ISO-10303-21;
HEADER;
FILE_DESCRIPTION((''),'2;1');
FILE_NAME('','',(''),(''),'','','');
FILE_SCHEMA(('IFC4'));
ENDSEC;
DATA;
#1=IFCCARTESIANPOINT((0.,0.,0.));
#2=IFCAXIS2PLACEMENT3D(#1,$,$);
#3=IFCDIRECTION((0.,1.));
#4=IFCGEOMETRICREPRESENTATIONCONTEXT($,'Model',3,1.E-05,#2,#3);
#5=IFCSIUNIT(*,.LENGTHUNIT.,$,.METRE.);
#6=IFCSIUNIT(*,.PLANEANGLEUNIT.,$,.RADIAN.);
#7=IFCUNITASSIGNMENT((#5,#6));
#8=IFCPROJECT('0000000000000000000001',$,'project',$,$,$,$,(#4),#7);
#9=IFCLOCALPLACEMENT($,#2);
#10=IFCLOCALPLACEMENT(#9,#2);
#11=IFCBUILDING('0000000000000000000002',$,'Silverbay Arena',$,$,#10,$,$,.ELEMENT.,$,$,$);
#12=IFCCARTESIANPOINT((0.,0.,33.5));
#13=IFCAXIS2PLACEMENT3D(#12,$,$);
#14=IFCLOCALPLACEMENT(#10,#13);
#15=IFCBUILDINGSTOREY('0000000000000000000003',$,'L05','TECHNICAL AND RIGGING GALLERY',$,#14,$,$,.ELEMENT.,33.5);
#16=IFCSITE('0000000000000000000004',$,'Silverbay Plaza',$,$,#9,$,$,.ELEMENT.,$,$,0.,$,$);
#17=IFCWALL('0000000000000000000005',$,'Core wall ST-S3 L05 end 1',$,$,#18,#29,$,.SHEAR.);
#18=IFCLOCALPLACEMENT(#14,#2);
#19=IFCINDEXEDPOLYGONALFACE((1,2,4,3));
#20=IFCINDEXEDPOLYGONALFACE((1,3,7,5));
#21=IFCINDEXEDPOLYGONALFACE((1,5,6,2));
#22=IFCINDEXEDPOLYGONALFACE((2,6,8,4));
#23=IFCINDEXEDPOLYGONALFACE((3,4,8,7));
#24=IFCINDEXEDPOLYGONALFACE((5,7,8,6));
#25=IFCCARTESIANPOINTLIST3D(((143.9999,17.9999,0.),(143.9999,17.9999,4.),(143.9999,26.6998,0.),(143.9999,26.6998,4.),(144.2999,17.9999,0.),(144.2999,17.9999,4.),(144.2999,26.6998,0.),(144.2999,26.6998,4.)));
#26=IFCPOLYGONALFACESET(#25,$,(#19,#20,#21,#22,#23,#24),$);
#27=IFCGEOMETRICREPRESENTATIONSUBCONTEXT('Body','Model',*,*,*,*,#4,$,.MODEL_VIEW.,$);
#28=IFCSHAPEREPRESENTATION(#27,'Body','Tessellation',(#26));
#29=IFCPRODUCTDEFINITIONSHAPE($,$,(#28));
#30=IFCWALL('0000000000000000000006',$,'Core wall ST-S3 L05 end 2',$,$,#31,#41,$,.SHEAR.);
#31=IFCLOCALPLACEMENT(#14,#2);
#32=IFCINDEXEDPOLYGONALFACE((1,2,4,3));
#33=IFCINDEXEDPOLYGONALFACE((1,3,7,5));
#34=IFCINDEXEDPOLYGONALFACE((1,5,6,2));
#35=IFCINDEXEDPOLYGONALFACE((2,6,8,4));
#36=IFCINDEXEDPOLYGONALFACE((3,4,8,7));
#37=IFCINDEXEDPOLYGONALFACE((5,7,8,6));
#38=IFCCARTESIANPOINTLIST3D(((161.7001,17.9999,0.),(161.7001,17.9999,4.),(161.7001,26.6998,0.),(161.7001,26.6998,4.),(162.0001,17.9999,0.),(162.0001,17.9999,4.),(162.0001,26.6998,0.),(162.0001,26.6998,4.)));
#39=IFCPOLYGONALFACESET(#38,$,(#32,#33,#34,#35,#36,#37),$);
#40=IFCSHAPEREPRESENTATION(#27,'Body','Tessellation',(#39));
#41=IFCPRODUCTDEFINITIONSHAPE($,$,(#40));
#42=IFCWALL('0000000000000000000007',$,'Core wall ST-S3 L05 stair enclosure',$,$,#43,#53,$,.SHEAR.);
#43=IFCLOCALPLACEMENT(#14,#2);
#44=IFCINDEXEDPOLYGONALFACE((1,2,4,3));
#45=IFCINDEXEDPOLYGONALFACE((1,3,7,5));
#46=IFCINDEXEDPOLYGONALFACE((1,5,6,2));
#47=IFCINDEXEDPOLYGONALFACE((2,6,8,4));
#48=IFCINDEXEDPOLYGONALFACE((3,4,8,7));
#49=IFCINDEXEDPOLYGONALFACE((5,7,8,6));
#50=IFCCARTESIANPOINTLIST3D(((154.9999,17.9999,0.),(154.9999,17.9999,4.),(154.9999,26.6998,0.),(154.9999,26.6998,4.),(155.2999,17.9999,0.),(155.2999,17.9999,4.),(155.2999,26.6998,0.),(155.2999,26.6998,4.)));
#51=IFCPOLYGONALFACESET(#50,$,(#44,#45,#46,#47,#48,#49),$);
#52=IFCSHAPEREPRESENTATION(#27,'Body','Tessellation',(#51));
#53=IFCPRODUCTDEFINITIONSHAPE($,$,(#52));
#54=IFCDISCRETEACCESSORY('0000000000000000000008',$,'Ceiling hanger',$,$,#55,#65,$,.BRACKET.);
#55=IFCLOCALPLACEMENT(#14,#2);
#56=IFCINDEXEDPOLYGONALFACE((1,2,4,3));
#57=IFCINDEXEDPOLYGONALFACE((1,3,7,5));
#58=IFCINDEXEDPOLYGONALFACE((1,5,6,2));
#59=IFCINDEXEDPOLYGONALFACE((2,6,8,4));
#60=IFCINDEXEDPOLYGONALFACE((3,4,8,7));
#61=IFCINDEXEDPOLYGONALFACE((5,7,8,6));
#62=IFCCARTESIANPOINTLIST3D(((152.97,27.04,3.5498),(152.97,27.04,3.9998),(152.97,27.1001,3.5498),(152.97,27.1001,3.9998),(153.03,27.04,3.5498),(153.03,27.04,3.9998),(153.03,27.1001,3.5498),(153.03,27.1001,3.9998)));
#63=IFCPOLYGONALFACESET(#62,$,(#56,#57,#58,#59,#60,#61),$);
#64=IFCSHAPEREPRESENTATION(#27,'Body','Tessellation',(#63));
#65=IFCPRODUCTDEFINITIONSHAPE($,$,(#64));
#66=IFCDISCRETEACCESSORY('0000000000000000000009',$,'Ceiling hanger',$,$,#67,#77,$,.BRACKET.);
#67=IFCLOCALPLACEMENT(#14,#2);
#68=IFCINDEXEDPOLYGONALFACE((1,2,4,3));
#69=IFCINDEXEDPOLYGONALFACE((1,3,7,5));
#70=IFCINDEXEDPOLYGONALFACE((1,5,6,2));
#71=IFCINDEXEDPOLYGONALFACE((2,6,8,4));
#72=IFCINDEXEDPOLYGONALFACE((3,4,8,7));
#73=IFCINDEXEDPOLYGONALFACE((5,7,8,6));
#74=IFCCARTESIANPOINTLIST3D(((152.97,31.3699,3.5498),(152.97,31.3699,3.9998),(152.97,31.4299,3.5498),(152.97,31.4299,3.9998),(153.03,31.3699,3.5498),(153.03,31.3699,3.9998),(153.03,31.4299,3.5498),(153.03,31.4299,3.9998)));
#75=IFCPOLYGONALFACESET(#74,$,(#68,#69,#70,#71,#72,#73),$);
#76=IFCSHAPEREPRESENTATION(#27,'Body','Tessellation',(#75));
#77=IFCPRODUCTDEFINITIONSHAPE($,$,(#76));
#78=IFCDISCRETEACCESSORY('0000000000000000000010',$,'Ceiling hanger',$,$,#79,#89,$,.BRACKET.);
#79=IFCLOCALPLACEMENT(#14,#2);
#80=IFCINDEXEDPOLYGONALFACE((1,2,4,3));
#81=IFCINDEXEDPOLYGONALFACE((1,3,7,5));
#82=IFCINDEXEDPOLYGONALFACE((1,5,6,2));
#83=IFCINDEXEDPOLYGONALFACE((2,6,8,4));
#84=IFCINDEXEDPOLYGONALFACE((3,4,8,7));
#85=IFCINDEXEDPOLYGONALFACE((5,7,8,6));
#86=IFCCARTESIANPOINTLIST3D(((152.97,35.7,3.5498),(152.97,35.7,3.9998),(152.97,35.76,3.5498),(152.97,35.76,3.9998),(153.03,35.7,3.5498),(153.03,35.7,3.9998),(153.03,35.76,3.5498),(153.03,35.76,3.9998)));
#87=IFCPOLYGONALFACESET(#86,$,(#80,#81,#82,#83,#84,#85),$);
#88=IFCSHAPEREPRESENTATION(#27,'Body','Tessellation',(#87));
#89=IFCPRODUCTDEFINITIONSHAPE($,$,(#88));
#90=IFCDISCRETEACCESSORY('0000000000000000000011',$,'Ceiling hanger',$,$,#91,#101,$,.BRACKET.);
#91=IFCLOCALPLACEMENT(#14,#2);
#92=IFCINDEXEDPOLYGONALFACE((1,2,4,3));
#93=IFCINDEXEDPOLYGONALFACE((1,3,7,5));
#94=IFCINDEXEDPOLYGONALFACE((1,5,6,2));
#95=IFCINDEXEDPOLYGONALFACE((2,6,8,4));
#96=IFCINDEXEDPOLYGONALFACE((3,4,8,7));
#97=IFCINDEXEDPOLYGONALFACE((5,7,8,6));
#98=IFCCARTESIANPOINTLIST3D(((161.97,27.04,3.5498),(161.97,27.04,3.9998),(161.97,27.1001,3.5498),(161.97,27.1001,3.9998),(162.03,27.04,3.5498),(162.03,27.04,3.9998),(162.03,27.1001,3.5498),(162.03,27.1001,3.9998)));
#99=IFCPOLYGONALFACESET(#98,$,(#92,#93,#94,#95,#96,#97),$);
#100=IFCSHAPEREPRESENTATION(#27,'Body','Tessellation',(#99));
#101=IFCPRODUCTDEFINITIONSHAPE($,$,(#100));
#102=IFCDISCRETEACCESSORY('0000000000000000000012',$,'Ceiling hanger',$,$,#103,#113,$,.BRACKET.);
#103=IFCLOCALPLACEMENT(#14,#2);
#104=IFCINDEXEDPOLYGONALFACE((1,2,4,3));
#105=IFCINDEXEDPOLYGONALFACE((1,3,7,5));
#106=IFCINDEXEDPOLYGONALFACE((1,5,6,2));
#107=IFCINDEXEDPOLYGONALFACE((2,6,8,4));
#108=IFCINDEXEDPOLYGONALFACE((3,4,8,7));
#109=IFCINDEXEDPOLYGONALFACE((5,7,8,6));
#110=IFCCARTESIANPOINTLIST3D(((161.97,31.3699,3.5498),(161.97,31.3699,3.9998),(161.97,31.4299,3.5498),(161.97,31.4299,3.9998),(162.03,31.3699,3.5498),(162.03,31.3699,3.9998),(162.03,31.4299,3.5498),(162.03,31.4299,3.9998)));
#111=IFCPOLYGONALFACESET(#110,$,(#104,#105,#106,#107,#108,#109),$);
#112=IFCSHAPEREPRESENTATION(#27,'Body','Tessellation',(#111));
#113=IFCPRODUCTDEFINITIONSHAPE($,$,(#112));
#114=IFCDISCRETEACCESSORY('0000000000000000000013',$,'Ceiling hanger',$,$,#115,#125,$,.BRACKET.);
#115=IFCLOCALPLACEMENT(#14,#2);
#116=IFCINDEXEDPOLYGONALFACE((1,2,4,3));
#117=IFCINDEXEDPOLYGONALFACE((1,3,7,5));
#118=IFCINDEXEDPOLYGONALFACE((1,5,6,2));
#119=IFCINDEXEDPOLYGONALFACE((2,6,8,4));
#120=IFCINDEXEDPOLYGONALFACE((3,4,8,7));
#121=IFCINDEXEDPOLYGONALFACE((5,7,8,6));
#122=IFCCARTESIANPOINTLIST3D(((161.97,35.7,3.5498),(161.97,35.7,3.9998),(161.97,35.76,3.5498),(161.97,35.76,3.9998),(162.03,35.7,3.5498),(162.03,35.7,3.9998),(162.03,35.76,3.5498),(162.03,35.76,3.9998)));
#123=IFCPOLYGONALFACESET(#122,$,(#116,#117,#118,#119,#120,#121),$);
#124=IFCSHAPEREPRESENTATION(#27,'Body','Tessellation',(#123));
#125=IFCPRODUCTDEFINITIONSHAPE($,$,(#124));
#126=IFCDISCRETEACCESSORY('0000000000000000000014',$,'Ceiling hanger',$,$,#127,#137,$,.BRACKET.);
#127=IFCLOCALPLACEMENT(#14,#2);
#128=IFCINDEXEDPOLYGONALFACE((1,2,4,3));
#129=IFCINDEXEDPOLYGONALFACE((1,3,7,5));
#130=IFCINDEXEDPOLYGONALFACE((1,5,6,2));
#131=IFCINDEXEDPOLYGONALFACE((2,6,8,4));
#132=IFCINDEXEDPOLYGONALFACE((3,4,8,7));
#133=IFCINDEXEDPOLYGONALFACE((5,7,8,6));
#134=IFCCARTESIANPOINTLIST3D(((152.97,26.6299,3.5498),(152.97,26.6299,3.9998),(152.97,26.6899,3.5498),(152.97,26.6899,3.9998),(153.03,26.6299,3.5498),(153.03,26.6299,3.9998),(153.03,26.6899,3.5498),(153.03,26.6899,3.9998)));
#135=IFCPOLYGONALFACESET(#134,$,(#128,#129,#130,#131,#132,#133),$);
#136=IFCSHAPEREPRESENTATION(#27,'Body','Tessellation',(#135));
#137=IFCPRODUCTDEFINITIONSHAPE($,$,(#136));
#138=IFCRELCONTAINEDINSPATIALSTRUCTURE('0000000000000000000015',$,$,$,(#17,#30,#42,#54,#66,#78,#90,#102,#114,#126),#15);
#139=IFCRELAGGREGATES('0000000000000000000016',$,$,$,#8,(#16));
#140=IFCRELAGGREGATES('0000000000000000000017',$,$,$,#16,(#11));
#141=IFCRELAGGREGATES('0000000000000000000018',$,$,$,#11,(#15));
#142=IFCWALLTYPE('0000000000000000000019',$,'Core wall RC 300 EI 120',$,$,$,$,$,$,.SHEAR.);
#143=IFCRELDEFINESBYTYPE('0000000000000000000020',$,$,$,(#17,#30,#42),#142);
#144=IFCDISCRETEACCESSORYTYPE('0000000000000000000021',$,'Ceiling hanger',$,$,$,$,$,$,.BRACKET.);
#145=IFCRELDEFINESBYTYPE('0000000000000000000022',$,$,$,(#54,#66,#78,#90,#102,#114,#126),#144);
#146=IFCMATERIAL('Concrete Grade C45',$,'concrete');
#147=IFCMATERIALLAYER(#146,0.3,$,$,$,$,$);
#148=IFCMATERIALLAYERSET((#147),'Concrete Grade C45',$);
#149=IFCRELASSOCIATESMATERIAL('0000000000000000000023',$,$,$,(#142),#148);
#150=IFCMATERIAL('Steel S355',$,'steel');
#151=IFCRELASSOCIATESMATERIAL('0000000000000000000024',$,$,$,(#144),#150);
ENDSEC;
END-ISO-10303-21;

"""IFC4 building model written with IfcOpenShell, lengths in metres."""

from ifc_helpers import new_model, si_unit, direction, frame, frame_2d, origin, origin_2d, place, context, subcontext, project, spatial, rectangle, extrude, material, layer, layer_set, type_object, element, save


model = new_model("IFC4")

# Units and contexts
model_context = context("Model", 3, precision=1e-05, world=origin(), true_north=direction((0.0, 1.0)))
body_context = subcontext(model_context, "Body", "Model", "MODEL_VIEW")
ifc_project = project(units=[si_unit("LENGTHUNIT", "METRE"), si_unit("PLANEANGLEUNIT", "RADIAN")], contexts=[model_context])

# Site, building, storey
site_placement = place(None, origin())
site = spatial("IfcSite", under=ifc_project, at=site_placement, Name="Silverbay Plaza", CompositionType="ELEMENT", RefElevation=0.0)
building_placement = place(site_placement, origin())
building = spatial("IfcBuilding", under=site, at=building_placement, Name="Silverbay Arena", CompositionType="ELEMENT")
storey_placement = place(building_placement, frame((0.0, 0.0, 33.5)))
storey = spatial("IfcBuildingStorey", under=building, at=storey_placement, Name="L05", Description="TECHNICAL AND RIGGING GALLERY", CompositionType="ELEMENT", Elevation=33.5)

# Walls
ifc_material_1 = material(Name="Concrete Grade C45", Category="concrete")
ifc_layer = layer(ifc_material_1, 0.3)
ifc_layer_set = layer_set([ifc_layer], Name="Concrete Grade C45")
wall_type = type_object("IfcWallType", Name="Core wall RC 300 EI 120", PredefinedType="SHEAR", material=ifc_layer_set)
for number, where, z_axis, x_axis, name in (
    (1, (144.1499, 26.7, 0.0), (0.0, 0.0, 1.0), (0.0, -1.0, 0.0), "Core wall ST-S3 L05 end 1"),
    (2, (161.8501, 26.7, 0.0), (0.0, 0.0, 1.0), (0.0, -1.0, 0.0), "Core wall ST-S3 L05 end 2"),
    (3, (155.1499, 26.7, 0.0), (0.0, 0.0, 1.0), (0.0, -1.0, 0.0), "Core wall ST-S3 L05 stair enclosure"),
):
    element("IfcWall", number, at=place(storey_placement, frame(where, z_axis=z_axis, x_axis=x_axis)), inside=storey, type_object=wall_type, Name=name, PredefinedType="SHEAR", context=body_context, shape_type="SweptSolid", body=[
        extrude(rectangle(XDim=8.7, YDim=0.3, at=frame_2d((4.3501, 0.0))), origin(), (0.0, 0.0, 1.0), 4.0),
    ])

# Discrete accessories
ifc_material_2 = material(Name="Steel S355", Category="steel")
discrete_accessory_type = type_object("IfcDiscreteAccessoryType", Name="Ceiling hanger", PredefinedType="BRACKET", material=ifc_material_2)
for number, where, z_axis, x_axis, name in (
    (4, (153.0, 27.0701, 3.5498), (0.0, 0.0, 1.0), (1.0, 0.0, 0.0), "Ceiling hanger"),
    (5, (153.0, 31.3999, 3.5498), (0.0, 0.0, 1.0), (1.0, 0.0, 0.0), "Ceiling hanger"),
    (6, (153.0, 35.73, 3.5498), (0.0, 0.0, 1.0), (1.0, 0.0, 0.0), "Ceiling hanger"),
    (7, (162.0, 27.0701, 3.5498), (0.0, 0.0, 1.0), (1.0, 0.0, 0.0), "Ceiling hanger"),
    (8, (162.0, 31.3999, 3.5498), (0.0, 0.0, 1.0), (1.0, 0.0, 0.0), "Ceiling hanger"),
    (9, (162.0, 35.73, 3.5498), (0.0, 0.0, 1.0), (1.0, 0.0, 0.0), "Ceiling hanger"),
    (10, (153.0, 26.6599, 3.5498), (0.0, 0.0, 1.0), (1.0, 0.0, 0.0), "Ceiling hanger"),
):
    element("IfcDiscreteAccessory", number, at=place(storey_placement, frame(where, z_axis=z_axis, x_axis=x_axis)), inside=storey, type_object=discrete_accessory_type, Name=name, PredefinedType="BRACKET", context=body_context, shape_type="SweptSolid", body=[
        extrude(rectangle(XDim=0.0601, YDim=0.0601, at=origin_2d()), origin(), (0.0, 0.0, 1.0), 0.45),
    ])

save(model, "model.ifc")
